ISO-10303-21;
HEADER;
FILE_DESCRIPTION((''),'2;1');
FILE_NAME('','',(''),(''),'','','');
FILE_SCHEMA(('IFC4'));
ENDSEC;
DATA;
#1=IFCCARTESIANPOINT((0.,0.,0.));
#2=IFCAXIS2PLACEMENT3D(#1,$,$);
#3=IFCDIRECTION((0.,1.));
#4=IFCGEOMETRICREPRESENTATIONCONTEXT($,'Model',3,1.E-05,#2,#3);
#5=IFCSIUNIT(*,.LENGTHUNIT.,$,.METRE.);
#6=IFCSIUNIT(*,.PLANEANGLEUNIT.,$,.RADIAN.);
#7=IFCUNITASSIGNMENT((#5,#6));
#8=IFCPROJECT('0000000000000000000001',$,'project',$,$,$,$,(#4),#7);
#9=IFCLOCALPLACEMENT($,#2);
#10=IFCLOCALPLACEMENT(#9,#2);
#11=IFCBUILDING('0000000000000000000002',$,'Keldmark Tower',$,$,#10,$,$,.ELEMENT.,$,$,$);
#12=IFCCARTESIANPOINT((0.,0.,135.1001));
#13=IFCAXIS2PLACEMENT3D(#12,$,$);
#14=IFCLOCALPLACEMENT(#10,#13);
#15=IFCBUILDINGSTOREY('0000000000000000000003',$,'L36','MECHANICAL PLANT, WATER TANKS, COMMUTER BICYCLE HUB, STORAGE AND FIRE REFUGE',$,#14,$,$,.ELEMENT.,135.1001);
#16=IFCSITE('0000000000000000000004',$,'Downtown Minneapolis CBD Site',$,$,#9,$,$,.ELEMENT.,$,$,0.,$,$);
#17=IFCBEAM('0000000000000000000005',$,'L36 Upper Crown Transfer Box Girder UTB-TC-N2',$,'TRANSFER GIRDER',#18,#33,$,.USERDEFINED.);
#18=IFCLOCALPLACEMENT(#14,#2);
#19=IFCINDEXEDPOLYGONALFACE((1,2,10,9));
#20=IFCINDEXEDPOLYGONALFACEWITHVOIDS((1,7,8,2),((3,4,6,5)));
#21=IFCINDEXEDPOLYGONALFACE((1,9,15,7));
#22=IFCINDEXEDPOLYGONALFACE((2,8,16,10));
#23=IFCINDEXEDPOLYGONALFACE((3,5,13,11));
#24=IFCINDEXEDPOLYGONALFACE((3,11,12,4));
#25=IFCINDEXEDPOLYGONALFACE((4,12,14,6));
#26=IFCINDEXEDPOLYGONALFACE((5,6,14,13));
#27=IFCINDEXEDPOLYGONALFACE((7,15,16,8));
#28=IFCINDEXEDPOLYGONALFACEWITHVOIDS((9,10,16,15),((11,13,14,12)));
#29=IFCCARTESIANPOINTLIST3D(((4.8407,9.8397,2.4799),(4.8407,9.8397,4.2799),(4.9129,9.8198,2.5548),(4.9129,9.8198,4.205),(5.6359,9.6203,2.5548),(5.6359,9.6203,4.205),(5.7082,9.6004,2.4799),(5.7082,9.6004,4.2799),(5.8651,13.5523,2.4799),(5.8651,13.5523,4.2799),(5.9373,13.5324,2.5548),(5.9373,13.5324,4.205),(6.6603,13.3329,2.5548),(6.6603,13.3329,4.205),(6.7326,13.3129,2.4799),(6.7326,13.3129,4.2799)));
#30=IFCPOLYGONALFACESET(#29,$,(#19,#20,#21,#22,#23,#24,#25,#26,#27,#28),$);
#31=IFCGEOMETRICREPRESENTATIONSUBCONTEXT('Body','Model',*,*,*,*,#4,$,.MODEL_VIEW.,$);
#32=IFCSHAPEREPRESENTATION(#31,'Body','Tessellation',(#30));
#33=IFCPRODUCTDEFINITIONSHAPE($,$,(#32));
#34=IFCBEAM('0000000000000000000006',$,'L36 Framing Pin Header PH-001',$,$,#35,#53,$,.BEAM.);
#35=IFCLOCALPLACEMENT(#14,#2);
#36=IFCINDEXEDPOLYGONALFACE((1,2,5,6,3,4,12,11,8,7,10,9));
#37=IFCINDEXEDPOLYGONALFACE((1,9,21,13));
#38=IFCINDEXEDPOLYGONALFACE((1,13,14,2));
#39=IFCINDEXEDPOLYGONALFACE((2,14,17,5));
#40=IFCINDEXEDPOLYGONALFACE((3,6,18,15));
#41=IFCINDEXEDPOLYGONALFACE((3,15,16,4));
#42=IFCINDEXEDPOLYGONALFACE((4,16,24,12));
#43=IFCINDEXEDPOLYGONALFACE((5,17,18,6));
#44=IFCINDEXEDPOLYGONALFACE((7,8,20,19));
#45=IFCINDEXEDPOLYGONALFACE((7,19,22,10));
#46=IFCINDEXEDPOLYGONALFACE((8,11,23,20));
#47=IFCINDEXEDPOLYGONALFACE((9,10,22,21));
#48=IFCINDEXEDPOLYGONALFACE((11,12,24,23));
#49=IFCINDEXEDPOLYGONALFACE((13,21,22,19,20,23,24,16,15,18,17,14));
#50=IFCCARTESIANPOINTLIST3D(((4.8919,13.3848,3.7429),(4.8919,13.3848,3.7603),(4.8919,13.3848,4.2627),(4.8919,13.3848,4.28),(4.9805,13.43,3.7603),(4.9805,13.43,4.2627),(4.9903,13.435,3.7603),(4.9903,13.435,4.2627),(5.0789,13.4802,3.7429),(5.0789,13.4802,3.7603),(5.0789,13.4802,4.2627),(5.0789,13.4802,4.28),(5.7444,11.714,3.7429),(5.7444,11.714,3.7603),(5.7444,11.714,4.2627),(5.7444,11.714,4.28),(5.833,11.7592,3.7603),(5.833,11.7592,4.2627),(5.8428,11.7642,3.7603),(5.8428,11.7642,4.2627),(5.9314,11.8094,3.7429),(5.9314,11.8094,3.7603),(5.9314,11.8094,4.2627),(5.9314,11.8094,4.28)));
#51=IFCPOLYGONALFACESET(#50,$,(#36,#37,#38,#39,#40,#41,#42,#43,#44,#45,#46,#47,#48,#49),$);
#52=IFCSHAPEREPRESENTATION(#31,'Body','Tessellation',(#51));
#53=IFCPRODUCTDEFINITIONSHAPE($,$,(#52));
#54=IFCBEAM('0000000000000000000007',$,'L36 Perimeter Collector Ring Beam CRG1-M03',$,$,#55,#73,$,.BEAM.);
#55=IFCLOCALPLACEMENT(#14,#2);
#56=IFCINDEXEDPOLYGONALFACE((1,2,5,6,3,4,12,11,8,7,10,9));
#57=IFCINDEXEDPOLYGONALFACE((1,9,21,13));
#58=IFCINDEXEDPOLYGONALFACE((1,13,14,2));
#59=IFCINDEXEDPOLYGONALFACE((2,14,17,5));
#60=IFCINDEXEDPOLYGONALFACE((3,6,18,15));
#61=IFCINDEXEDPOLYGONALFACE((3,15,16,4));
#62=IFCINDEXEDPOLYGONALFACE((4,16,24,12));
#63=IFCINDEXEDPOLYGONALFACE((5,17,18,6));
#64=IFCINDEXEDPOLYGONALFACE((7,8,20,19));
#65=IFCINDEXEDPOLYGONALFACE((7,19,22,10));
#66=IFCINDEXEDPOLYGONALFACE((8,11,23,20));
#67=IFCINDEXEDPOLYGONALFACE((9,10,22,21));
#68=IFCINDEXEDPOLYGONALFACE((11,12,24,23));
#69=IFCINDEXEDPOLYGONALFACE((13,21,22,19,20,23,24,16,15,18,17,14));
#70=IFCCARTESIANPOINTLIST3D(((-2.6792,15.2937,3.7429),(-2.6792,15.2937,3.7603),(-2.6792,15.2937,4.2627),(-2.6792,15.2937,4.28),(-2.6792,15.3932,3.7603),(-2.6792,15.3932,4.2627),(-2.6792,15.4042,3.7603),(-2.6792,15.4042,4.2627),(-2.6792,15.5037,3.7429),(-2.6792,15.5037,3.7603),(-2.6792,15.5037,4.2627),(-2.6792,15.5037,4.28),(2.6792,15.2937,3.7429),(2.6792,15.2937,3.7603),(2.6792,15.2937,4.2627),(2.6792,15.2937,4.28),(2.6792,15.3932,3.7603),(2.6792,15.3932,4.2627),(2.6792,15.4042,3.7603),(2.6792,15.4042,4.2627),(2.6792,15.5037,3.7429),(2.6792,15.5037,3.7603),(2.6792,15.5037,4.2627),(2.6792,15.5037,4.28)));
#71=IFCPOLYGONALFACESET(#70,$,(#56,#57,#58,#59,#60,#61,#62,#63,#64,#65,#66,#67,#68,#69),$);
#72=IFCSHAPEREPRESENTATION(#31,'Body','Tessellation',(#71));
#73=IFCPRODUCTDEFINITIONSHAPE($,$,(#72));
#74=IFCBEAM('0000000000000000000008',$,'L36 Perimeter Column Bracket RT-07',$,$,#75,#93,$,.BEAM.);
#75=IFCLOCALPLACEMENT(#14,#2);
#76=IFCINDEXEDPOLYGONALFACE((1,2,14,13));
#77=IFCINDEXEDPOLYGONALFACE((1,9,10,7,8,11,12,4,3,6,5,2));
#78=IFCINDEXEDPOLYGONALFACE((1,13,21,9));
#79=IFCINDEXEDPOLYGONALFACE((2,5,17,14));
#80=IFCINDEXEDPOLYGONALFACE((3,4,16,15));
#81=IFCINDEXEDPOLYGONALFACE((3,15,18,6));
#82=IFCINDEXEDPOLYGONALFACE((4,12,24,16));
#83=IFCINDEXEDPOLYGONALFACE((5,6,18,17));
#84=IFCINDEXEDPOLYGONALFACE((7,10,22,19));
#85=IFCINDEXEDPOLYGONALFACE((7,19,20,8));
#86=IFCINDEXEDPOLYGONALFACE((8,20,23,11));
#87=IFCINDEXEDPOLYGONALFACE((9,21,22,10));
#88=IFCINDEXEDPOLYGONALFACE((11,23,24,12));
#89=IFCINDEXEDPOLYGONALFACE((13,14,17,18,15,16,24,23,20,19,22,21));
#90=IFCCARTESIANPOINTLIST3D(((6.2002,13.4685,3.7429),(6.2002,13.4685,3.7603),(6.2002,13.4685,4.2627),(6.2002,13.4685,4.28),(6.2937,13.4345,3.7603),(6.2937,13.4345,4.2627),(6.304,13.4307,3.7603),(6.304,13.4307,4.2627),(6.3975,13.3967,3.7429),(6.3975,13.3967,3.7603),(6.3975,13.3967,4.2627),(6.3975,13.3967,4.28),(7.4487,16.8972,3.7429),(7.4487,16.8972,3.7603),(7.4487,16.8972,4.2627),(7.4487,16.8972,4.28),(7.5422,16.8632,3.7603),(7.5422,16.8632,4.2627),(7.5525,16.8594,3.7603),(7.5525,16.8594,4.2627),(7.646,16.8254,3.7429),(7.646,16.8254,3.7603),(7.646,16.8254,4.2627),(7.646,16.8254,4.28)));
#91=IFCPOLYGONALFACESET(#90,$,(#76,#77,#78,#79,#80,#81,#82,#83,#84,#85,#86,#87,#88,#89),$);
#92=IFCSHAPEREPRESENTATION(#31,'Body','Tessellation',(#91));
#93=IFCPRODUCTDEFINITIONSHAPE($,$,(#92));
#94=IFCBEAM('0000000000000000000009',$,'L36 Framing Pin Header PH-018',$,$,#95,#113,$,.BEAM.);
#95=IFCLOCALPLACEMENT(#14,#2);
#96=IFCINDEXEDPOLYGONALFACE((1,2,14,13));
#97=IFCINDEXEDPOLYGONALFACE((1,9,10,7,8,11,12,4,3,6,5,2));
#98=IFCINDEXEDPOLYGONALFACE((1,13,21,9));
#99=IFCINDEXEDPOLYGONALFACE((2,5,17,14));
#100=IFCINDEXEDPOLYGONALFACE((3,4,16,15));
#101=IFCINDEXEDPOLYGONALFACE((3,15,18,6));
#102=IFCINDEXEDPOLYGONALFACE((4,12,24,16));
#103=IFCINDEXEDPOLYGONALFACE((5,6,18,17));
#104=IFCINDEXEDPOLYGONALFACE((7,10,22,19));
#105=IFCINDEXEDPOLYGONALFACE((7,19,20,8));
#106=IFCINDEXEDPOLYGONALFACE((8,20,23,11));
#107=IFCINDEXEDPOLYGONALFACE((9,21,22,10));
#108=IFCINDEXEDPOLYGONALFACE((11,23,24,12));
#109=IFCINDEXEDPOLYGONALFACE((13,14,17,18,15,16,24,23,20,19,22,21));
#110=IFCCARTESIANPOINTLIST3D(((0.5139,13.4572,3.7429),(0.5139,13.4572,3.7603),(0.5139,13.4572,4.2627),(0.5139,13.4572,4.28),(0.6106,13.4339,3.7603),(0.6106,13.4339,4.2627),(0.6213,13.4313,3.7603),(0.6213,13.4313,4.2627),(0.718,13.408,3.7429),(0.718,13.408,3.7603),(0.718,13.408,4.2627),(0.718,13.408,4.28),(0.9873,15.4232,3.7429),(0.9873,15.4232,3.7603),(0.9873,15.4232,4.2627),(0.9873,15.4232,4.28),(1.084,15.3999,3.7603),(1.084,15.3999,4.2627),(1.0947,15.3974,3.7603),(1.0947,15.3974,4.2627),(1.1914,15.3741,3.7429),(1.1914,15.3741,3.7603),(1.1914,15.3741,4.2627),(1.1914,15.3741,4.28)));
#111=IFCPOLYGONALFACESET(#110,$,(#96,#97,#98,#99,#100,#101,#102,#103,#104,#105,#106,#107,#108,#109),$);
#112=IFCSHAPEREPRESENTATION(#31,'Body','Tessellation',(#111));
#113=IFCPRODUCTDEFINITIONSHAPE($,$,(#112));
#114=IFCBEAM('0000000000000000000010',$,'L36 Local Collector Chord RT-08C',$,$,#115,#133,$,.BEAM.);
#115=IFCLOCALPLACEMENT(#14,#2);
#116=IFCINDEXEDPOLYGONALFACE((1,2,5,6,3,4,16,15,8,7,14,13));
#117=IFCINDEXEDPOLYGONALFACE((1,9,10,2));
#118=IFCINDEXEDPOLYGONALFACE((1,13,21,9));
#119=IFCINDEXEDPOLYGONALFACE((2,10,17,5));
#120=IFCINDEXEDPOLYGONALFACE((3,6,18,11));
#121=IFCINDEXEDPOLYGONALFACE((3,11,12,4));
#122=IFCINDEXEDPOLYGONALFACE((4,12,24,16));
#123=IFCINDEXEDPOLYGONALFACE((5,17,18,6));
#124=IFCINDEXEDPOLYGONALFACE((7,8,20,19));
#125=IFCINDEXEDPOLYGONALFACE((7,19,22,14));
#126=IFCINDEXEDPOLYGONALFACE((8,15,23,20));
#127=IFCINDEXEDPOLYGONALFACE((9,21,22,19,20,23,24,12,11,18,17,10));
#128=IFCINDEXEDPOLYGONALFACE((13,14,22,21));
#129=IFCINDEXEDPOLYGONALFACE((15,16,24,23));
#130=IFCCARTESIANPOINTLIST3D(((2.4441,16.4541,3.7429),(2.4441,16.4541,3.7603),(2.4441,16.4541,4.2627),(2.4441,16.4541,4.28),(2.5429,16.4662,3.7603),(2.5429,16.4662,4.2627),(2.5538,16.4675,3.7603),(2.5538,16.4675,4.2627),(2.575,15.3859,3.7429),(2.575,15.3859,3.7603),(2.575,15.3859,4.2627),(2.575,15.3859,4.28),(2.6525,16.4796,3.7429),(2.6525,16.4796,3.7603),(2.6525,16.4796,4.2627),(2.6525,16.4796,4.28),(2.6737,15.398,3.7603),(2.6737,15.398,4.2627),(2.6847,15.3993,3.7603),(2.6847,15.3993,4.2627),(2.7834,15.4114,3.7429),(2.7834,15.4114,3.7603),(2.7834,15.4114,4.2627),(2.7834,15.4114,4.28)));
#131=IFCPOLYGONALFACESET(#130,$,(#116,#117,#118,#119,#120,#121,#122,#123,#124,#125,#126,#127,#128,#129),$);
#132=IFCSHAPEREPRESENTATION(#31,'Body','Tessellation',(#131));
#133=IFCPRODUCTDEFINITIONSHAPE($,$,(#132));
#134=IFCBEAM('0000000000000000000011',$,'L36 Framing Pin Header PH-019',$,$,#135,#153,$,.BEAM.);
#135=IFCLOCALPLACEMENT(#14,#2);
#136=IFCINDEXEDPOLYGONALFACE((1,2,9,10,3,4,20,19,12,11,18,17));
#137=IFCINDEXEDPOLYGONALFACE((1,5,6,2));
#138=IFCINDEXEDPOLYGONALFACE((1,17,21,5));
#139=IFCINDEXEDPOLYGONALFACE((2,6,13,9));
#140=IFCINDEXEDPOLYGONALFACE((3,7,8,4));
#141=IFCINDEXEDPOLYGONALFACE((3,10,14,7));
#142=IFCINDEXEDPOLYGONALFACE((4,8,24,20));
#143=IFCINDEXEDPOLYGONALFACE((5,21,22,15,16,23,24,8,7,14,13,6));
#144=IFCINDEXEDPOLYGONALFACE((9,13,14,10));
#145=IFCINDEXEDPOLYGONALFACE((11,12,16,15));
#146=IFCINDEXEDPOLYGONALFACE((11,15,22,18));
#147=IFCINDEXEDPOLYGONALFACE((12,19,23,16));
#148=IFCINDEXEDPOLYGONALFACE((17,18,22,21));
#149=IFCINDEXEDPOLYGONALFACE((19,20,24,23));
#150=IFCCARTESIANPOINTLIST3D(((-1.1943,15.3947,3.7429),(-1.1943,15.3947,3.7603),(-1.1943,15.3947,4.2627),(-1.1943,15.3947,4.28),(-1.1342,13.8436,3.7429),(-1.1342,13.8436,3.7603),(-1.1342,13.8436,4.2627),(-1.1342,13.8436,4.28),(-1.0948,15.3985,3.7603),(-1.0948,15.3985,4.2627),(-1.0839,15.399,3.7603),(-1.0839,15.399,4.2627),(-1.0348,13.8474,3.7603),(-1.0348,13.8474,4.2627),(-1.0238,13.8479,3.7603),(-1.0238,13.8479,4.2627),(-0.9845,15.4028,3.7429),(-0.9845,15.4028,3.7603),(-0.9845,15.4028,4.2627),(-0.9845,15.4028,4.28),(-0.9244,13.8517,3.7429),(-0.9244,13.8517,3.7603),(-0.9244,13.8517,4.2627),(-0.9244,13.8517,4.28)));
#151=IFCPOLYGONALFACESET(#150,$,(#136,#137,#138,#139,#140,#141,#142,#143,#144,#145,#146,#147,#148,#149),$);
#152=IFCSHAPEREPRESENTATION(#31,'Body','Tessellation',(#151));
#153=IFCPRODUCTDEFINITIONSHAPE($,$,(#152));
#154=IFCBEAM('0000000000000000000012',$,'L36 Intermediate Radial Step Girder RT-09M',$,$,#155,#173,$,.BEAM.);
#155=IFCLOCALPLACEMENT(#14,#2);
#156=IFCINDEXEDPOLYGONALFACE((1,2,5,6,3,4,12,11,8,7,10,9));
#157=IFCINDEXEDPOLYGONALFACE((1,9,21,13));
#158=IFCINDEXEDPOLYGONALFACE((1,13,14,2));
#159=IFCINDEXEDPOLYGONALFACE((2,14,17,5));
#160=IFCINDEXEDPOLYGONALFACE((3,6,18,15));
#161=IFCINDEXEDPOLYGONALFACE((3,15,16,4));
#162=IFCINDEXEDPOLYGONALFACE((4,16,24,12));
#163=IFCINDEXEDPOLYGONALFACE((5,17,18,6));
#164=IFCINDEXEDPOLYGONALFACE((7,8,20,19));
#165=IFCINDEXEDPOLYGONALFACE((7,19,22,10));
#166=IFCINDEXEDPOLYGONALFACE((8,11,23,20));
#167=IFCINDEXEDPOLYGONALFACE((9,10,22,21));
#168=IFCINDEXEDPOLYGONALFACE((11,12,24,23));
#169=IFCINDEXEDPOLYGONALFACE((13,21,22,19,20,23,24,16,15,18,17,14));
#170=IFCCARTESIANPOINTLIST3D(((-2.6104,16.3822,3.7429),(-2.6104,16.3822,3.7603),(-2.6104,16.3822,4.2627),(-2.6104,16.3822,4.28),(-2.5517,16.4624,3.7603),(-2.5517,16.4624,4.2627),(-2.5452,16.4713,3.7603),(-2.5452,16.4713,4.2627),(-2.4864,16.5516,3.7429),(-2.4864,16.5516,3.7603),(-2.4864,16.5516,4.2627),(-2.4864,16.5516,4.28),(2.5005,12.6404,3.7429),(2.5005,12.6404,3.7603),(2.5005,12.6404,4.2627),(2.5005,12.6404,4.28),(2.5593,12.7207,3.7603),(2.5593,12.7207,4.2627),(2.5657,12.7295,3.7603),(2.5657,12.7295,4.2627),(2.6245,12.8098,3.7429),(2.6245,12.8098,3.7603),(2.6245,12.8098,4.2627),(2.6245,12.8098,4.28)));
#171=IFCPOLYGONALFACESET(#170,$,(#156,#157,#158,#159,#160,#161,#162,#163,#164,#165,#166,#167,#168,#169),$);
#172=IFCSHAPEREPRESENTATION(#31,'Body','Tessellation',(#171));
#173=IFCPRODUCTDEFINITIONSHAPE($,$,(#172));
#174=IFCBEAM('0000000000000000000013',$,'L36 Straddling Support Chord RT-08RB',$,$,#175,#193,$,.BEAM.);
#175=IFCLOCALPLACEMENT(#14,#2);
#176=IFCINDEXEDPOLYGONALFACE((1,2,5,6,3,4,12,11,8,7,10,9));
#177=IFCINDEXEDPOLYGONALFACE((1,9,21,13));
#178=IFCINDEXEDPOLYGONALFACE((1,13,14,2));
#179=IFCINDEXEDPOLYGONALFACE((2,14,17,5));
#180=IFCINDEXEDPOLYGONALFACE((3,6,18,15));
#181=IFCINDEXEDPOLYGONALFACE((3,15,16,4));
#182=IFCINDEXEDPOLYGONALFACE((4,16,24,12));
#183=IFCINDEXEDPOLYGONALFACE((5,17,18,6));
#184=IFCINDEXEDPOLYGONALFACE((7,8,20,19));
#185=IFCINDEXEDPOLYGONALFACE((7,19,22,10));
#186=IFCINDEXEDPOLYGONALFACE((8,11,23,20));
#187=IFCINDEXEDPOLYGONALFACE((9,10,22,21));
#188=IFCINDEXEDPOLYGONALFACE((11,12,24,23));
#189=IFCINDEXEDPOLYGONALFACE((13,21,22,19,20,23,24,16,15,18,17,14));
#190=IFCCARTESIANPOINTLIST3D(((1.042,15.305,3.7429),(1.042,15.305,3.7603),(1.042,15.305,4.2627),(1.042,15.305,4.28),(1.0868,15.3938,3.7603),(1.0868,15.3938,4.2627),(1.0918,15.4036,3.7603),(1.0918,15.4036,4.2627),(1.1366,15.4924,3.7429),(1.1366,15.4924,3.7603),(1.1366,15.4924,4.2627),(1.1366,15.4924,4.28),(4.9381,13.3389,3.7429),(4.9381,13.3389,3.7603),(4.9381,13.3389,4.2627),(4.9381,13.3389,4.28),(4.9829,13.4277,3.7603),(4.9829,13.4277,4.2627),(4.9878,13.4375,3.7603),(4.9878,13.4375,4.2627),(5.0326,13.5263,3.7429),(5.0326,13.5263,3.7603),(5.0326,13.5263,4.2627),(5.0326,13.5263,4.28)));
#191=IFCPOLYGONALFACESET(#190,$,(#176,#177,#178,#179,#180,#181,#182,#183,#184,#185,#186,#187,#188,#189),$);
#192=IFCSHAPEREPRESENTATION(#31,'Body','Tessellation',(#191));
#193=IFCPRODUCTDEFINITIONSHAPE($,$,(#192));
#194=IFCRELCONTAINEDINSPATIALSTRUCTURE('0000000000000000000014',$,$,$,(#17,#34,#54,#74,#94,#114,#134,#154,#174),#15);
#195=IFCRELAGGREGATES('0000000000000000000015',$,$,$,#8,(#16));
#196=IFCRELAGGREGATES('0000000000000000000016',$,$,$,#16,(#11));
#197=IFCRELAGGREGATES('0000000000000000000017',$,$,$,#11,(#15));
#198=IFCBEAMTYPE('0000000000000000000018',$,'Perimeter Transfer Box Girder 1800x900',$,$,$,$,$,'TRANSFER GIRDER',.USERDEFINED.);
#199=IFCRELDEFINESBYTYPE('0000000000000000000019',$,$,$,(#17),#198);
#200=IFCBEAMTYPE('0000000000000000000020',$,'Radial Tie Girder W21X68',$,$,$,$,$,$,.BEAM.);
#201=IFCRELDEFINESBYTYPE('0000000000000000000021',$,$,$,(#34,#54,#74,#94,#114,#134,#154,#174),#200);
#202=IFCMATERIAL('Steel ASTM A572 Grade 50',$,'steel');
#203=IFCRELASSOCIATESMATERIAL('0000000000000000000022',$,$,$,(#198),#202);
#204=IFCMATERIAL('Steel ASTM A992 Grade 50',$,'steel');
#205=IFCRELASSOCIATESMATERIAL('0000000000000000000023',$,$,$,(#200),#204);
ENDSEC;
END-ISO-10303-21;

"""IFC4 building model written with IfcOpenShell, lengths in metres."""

from ifc_helpers import new_model, si_unit, direction, frame, origin, origin_2d, place, context, subcontext, project, spatial, hollow_rectangle, i_section, extrude, material, material_profile, profile_set, type_object, element, save


model = new_model("IFC4")

# Units and contexts
model_context = context("Model", 3, precision=1e-05, world=origin(), true_north=direction((0.0, 1.0)))
body_context = subcontext(model_context, "Body", "Model", "MODEL_VIEW")
ifc_project = project(units=[si_unit("LENGTHUNIT", "METRE"), si_unit("PLANEANGLEUNIT", "RADIAN")], contexts=[model_context])

# Site, building, storey
site_placement = place(None, origin())
site = spatial("IfcSite", under=ifc_project, at=site_placement, Name="Downtown Minneapolis CBD Site", CompositionType="ELEMENT", RefElevation=0.0)
building_placement = place(site_placement, origin())
building = spatial("IfcBuilding", under=site, at=building_placement, Name="Keldmark Tower", CompositionType="ELEMENT")
storey_placement = place(building_placement, frame((0.0, 0.0, 135.1001)))
storey = spatial("IfcBuildingStorey", under=building, at=storey_placement, Name="L36", Description="MECHANICAL PLANT, WATER TANKS, COMMUTER BICYCLE HUB, STORAGE AND FIRE REFUGE", CompositionType="ELEMENT", Elevation=135.1001)

# Beams
ifc_material_1 = material(Name="Steel ASTM A572 Grade 50", Category="steel")
ifc_material_profile_1 = material_profile(ifc_material_1, hollow_rectangle(XDim=0.8999, YDim=1.8, WallThickness=0.075, at=origin_2d()), Name="TBOX1800X900X75")
ifc_profile_set_1 = profile_set([ifc_material_profile_1], Name="Steel ASTM A572 Grade 50")
beam_type_1 = type_object("IfcBeamType", Name="Perimeter Transfer Box Girder 1800x900", ElementType="TRANSFER GIRDER", PredefinedType="USERDEFINED", material=ifc_profile_set_1)
beam_1_placement = place(storey_placement, frame((6.2988, 13.4326, 3.3799), z_axis=(-0.265986, -0.963977, 0.0), x_axis=(0.963977, -0.265986, 0.0)))
element("IfcBeam", 1, at=beam_1_placement, inside=storey, type_object=beam_type_1, Name="L36 Upper Crown Transfer Box Girder UTB-TC-N2", ObjectType="TRANSFER GIRDER", PredefinedType="USERDEFINED", context=body_context, shape_type="SweptSolid", body=[
    extrude(hollow_rectangle(XDim=0.8999, YDim=1.8, WallThickness=0.075, at=origin_2d()), origin(), (0.0, 0.0, 1.0), 3.8513),
])
ifc_material_2 = material(Name="Steel ASTM A992 Grade 50", Category="steel")
ifc_material_profile_2 = material_profile(ifc_material_2, i_section(OverallWidth=0.21, OverallDepth=0.5371, WebThickness=0.011, FlangeThickness=0.0173, at=origin_2d()), Name="W21X68")
ifc_profile_set_2 = profile_set([ifc_material_profile_2], Name="Steel ASTM A992 Grade 50")
beam_type_2 = type_object("IfcBeamType", Name="Radial Tie Girder W21X68", PredefinedType="BEAM", material=ifc_profile_set_2)
beam_2_placement = place(storey_placement, frame((5.8379, 11.7617, 4.0115), z_axis=(-0.454487, 0.890753, 0.0), x_axis=(-0.890753, -0.454487, 0.0)))
element("IfcBeam", 2, at=beam_2_placement, inside=storey, type_object=beam_type_2, Name="L36 Framing Pin Header PH-001", PredefinedType="BEAM", context=body_context, shape_type="SweptSolid", body=[
    extrude(i_section(OverallWidth=0.21, OverallDepth=0.5371, WebThickness=0.011, FlangeThickness=0.0173, at=origin_2d()), origin(), (0.0, 0.0, 1.0), 1.8757),
])
beam_3_placement = place(storey_placement, frame((2.6792, 15.3987, 4.0115), z_axis=(-1.0, 0.0, 0.0), x_axis=(0.0, -1.0, 0.0)))
element("IfcBeam", 3, at=beam_3_placement, inside=storey, type_object=beam_type_2, Name="L36 Perimeter Collector Ring Beam CRG1-M03", PredefinedType="BEAM", context=body_context, shape_type="SweptSolid", body=[
    extrude(i_section(OverallWidth=0.21, OverallDepth=0.5371, WebThickness=0.011, FlangeThickness=0.0173, at=origin_2d()), origin(), (0.0, 0.0, 1.0), 5.3584),
])
beam_4_placement = place(storey_placement, frame((6.2988, 13.4326, 4.0115), z_axis=(0.342162, 0.939641, 0.0), x_axis=(-0.939641, 0.342162, 0.0)))
element("IfcBeam", 4, at=beam_4_placement, inside=storey, type_object=beam_type_2, Name="L36 Perimeter Column Bracket RT-07", PredefinedType="BEAM", context=body_context, shape_type="SweptSolid", body=[
    extrude(i_section(OverallWidth=0.21, OverallDepth=0.5371, WebThickness=0.011, FlangeThickness=0.0173, at=origin_2d()), origin(), (0.0, 0.0, 1.0), 3.6489),
])
beam_5_placement = place(storey_placement, frame((0.616, 13.4326, 4.0115), z_axis=(0.23409, 0.972215, 0.0), x_axis=(-0.972215, 0.23409, 0.0)))
element("IfcBeam", 5, at=beam_5_placement, inside=storey, type_object=beam_type_2, Name="L36 Framing Pin Header PH-018", PredefinedType="BEAM", context=body_context, shape_type="SweptSolid", body=[
    extrude(i_section(OverallWidth=0.21, OverallDepth=0.5371, WebThickness=0.011, FlangeThickness=0.0173, at=origin_2d()), origin(), (0.0, 0.0, 1.0), 2.0222),
])
beam_6_placement = place(storey_placement, frame((2.6792, 15.3987, 4.0115), z_axis=(-0.121605, 0.992579, 0.0), x_axis=(-0.992579, -0.121605, 0.0)))
element("IfcBeam", 6, at=beam_6_placement, inside=storey, type_object=beam_type_2, Name="L36 Local Collector Chord RT-08C", PredefinedType="BEAM", context=body_context, shape_type="SweptSolid", body=[
    extrude(i_section(OverallWidth=0.21, OverallDepth=0.5371, WebThickness=0.011, FlangeThickness=0.0173, at=origin_2d()), origin(), (0.0, 0.0, 1.0), 1.0762),
])
beam_7_placement = place(storey_placement, frame((-1.0293, 13.8477, 4.0115), z_axis=(-0.038693, 0.999251, 0.0), x_axis=(-0.999251, -0.038693, 0.0)))
element("IfcBeam", 7, at=beam_7_placement, inside=storey, type_object=beam_type_2, Name="L36 Framing Pin Header PH-019", PredefinedType="BEAM", context=body_context, shape_type="SweptSolid", body=[
    extrude(i_section(OverallWidth=0.21, OverallDepth=0.5371, WebThickness=0.011, FlangeThickness=0.0173, at=origin_2d()), origin(), (0.0, 0.0, 1.0), 1.5522),
])
beam_8_placement = place(storey_placement, frame((2.5625, 12.7251, 4.0115), z_axis=(-0.806875, 0.590722, 0.0), x_axis=(-0.590722, -0.806875, 0.0)))
element("IfcBeam", 8, at=beam_8_placement, inside=storey, type_object=beam_type_2, Name="L36 Intermediate Radial Step Girder RT-09M", PredefinedType="BEAM", context=body_context, shape_type="SweptSolid", body=[
    extrude(i_section(OverallWidth=0.21, OverallDepth=0.5371, WebThickness=0.011, FlangeThickness=0.0173, at=origin_2d()), origin(), (0.0, 0.0, 1.0), 6.3342),
])
beam_9_placement = place(storey_placement, frame((4.9854, 13.4326, 4.0115), z_axis=(-0.892765, 0.450522, 0.0), x_axis=(-0.450522, -0.892765, 0.0)))
element("IfcBeam", 9, at=beam_9_placement, inside=storey, type_object=beam_type_2, Name="L36 Straddling Support Chord RT-08RB", PredefinedType="BEAM", context=body_context, shape_type="SweptSolid", body=[
    extrude(i_section(OverallWidth=0.21, OverallDepth=0.5371, WebThickness=0.011, FlangeThickness=0.0173, at=origin_2d()), origin(), (0.0, 0.0, 1.0), 4.364),
])

save(model, "model.ifc")
